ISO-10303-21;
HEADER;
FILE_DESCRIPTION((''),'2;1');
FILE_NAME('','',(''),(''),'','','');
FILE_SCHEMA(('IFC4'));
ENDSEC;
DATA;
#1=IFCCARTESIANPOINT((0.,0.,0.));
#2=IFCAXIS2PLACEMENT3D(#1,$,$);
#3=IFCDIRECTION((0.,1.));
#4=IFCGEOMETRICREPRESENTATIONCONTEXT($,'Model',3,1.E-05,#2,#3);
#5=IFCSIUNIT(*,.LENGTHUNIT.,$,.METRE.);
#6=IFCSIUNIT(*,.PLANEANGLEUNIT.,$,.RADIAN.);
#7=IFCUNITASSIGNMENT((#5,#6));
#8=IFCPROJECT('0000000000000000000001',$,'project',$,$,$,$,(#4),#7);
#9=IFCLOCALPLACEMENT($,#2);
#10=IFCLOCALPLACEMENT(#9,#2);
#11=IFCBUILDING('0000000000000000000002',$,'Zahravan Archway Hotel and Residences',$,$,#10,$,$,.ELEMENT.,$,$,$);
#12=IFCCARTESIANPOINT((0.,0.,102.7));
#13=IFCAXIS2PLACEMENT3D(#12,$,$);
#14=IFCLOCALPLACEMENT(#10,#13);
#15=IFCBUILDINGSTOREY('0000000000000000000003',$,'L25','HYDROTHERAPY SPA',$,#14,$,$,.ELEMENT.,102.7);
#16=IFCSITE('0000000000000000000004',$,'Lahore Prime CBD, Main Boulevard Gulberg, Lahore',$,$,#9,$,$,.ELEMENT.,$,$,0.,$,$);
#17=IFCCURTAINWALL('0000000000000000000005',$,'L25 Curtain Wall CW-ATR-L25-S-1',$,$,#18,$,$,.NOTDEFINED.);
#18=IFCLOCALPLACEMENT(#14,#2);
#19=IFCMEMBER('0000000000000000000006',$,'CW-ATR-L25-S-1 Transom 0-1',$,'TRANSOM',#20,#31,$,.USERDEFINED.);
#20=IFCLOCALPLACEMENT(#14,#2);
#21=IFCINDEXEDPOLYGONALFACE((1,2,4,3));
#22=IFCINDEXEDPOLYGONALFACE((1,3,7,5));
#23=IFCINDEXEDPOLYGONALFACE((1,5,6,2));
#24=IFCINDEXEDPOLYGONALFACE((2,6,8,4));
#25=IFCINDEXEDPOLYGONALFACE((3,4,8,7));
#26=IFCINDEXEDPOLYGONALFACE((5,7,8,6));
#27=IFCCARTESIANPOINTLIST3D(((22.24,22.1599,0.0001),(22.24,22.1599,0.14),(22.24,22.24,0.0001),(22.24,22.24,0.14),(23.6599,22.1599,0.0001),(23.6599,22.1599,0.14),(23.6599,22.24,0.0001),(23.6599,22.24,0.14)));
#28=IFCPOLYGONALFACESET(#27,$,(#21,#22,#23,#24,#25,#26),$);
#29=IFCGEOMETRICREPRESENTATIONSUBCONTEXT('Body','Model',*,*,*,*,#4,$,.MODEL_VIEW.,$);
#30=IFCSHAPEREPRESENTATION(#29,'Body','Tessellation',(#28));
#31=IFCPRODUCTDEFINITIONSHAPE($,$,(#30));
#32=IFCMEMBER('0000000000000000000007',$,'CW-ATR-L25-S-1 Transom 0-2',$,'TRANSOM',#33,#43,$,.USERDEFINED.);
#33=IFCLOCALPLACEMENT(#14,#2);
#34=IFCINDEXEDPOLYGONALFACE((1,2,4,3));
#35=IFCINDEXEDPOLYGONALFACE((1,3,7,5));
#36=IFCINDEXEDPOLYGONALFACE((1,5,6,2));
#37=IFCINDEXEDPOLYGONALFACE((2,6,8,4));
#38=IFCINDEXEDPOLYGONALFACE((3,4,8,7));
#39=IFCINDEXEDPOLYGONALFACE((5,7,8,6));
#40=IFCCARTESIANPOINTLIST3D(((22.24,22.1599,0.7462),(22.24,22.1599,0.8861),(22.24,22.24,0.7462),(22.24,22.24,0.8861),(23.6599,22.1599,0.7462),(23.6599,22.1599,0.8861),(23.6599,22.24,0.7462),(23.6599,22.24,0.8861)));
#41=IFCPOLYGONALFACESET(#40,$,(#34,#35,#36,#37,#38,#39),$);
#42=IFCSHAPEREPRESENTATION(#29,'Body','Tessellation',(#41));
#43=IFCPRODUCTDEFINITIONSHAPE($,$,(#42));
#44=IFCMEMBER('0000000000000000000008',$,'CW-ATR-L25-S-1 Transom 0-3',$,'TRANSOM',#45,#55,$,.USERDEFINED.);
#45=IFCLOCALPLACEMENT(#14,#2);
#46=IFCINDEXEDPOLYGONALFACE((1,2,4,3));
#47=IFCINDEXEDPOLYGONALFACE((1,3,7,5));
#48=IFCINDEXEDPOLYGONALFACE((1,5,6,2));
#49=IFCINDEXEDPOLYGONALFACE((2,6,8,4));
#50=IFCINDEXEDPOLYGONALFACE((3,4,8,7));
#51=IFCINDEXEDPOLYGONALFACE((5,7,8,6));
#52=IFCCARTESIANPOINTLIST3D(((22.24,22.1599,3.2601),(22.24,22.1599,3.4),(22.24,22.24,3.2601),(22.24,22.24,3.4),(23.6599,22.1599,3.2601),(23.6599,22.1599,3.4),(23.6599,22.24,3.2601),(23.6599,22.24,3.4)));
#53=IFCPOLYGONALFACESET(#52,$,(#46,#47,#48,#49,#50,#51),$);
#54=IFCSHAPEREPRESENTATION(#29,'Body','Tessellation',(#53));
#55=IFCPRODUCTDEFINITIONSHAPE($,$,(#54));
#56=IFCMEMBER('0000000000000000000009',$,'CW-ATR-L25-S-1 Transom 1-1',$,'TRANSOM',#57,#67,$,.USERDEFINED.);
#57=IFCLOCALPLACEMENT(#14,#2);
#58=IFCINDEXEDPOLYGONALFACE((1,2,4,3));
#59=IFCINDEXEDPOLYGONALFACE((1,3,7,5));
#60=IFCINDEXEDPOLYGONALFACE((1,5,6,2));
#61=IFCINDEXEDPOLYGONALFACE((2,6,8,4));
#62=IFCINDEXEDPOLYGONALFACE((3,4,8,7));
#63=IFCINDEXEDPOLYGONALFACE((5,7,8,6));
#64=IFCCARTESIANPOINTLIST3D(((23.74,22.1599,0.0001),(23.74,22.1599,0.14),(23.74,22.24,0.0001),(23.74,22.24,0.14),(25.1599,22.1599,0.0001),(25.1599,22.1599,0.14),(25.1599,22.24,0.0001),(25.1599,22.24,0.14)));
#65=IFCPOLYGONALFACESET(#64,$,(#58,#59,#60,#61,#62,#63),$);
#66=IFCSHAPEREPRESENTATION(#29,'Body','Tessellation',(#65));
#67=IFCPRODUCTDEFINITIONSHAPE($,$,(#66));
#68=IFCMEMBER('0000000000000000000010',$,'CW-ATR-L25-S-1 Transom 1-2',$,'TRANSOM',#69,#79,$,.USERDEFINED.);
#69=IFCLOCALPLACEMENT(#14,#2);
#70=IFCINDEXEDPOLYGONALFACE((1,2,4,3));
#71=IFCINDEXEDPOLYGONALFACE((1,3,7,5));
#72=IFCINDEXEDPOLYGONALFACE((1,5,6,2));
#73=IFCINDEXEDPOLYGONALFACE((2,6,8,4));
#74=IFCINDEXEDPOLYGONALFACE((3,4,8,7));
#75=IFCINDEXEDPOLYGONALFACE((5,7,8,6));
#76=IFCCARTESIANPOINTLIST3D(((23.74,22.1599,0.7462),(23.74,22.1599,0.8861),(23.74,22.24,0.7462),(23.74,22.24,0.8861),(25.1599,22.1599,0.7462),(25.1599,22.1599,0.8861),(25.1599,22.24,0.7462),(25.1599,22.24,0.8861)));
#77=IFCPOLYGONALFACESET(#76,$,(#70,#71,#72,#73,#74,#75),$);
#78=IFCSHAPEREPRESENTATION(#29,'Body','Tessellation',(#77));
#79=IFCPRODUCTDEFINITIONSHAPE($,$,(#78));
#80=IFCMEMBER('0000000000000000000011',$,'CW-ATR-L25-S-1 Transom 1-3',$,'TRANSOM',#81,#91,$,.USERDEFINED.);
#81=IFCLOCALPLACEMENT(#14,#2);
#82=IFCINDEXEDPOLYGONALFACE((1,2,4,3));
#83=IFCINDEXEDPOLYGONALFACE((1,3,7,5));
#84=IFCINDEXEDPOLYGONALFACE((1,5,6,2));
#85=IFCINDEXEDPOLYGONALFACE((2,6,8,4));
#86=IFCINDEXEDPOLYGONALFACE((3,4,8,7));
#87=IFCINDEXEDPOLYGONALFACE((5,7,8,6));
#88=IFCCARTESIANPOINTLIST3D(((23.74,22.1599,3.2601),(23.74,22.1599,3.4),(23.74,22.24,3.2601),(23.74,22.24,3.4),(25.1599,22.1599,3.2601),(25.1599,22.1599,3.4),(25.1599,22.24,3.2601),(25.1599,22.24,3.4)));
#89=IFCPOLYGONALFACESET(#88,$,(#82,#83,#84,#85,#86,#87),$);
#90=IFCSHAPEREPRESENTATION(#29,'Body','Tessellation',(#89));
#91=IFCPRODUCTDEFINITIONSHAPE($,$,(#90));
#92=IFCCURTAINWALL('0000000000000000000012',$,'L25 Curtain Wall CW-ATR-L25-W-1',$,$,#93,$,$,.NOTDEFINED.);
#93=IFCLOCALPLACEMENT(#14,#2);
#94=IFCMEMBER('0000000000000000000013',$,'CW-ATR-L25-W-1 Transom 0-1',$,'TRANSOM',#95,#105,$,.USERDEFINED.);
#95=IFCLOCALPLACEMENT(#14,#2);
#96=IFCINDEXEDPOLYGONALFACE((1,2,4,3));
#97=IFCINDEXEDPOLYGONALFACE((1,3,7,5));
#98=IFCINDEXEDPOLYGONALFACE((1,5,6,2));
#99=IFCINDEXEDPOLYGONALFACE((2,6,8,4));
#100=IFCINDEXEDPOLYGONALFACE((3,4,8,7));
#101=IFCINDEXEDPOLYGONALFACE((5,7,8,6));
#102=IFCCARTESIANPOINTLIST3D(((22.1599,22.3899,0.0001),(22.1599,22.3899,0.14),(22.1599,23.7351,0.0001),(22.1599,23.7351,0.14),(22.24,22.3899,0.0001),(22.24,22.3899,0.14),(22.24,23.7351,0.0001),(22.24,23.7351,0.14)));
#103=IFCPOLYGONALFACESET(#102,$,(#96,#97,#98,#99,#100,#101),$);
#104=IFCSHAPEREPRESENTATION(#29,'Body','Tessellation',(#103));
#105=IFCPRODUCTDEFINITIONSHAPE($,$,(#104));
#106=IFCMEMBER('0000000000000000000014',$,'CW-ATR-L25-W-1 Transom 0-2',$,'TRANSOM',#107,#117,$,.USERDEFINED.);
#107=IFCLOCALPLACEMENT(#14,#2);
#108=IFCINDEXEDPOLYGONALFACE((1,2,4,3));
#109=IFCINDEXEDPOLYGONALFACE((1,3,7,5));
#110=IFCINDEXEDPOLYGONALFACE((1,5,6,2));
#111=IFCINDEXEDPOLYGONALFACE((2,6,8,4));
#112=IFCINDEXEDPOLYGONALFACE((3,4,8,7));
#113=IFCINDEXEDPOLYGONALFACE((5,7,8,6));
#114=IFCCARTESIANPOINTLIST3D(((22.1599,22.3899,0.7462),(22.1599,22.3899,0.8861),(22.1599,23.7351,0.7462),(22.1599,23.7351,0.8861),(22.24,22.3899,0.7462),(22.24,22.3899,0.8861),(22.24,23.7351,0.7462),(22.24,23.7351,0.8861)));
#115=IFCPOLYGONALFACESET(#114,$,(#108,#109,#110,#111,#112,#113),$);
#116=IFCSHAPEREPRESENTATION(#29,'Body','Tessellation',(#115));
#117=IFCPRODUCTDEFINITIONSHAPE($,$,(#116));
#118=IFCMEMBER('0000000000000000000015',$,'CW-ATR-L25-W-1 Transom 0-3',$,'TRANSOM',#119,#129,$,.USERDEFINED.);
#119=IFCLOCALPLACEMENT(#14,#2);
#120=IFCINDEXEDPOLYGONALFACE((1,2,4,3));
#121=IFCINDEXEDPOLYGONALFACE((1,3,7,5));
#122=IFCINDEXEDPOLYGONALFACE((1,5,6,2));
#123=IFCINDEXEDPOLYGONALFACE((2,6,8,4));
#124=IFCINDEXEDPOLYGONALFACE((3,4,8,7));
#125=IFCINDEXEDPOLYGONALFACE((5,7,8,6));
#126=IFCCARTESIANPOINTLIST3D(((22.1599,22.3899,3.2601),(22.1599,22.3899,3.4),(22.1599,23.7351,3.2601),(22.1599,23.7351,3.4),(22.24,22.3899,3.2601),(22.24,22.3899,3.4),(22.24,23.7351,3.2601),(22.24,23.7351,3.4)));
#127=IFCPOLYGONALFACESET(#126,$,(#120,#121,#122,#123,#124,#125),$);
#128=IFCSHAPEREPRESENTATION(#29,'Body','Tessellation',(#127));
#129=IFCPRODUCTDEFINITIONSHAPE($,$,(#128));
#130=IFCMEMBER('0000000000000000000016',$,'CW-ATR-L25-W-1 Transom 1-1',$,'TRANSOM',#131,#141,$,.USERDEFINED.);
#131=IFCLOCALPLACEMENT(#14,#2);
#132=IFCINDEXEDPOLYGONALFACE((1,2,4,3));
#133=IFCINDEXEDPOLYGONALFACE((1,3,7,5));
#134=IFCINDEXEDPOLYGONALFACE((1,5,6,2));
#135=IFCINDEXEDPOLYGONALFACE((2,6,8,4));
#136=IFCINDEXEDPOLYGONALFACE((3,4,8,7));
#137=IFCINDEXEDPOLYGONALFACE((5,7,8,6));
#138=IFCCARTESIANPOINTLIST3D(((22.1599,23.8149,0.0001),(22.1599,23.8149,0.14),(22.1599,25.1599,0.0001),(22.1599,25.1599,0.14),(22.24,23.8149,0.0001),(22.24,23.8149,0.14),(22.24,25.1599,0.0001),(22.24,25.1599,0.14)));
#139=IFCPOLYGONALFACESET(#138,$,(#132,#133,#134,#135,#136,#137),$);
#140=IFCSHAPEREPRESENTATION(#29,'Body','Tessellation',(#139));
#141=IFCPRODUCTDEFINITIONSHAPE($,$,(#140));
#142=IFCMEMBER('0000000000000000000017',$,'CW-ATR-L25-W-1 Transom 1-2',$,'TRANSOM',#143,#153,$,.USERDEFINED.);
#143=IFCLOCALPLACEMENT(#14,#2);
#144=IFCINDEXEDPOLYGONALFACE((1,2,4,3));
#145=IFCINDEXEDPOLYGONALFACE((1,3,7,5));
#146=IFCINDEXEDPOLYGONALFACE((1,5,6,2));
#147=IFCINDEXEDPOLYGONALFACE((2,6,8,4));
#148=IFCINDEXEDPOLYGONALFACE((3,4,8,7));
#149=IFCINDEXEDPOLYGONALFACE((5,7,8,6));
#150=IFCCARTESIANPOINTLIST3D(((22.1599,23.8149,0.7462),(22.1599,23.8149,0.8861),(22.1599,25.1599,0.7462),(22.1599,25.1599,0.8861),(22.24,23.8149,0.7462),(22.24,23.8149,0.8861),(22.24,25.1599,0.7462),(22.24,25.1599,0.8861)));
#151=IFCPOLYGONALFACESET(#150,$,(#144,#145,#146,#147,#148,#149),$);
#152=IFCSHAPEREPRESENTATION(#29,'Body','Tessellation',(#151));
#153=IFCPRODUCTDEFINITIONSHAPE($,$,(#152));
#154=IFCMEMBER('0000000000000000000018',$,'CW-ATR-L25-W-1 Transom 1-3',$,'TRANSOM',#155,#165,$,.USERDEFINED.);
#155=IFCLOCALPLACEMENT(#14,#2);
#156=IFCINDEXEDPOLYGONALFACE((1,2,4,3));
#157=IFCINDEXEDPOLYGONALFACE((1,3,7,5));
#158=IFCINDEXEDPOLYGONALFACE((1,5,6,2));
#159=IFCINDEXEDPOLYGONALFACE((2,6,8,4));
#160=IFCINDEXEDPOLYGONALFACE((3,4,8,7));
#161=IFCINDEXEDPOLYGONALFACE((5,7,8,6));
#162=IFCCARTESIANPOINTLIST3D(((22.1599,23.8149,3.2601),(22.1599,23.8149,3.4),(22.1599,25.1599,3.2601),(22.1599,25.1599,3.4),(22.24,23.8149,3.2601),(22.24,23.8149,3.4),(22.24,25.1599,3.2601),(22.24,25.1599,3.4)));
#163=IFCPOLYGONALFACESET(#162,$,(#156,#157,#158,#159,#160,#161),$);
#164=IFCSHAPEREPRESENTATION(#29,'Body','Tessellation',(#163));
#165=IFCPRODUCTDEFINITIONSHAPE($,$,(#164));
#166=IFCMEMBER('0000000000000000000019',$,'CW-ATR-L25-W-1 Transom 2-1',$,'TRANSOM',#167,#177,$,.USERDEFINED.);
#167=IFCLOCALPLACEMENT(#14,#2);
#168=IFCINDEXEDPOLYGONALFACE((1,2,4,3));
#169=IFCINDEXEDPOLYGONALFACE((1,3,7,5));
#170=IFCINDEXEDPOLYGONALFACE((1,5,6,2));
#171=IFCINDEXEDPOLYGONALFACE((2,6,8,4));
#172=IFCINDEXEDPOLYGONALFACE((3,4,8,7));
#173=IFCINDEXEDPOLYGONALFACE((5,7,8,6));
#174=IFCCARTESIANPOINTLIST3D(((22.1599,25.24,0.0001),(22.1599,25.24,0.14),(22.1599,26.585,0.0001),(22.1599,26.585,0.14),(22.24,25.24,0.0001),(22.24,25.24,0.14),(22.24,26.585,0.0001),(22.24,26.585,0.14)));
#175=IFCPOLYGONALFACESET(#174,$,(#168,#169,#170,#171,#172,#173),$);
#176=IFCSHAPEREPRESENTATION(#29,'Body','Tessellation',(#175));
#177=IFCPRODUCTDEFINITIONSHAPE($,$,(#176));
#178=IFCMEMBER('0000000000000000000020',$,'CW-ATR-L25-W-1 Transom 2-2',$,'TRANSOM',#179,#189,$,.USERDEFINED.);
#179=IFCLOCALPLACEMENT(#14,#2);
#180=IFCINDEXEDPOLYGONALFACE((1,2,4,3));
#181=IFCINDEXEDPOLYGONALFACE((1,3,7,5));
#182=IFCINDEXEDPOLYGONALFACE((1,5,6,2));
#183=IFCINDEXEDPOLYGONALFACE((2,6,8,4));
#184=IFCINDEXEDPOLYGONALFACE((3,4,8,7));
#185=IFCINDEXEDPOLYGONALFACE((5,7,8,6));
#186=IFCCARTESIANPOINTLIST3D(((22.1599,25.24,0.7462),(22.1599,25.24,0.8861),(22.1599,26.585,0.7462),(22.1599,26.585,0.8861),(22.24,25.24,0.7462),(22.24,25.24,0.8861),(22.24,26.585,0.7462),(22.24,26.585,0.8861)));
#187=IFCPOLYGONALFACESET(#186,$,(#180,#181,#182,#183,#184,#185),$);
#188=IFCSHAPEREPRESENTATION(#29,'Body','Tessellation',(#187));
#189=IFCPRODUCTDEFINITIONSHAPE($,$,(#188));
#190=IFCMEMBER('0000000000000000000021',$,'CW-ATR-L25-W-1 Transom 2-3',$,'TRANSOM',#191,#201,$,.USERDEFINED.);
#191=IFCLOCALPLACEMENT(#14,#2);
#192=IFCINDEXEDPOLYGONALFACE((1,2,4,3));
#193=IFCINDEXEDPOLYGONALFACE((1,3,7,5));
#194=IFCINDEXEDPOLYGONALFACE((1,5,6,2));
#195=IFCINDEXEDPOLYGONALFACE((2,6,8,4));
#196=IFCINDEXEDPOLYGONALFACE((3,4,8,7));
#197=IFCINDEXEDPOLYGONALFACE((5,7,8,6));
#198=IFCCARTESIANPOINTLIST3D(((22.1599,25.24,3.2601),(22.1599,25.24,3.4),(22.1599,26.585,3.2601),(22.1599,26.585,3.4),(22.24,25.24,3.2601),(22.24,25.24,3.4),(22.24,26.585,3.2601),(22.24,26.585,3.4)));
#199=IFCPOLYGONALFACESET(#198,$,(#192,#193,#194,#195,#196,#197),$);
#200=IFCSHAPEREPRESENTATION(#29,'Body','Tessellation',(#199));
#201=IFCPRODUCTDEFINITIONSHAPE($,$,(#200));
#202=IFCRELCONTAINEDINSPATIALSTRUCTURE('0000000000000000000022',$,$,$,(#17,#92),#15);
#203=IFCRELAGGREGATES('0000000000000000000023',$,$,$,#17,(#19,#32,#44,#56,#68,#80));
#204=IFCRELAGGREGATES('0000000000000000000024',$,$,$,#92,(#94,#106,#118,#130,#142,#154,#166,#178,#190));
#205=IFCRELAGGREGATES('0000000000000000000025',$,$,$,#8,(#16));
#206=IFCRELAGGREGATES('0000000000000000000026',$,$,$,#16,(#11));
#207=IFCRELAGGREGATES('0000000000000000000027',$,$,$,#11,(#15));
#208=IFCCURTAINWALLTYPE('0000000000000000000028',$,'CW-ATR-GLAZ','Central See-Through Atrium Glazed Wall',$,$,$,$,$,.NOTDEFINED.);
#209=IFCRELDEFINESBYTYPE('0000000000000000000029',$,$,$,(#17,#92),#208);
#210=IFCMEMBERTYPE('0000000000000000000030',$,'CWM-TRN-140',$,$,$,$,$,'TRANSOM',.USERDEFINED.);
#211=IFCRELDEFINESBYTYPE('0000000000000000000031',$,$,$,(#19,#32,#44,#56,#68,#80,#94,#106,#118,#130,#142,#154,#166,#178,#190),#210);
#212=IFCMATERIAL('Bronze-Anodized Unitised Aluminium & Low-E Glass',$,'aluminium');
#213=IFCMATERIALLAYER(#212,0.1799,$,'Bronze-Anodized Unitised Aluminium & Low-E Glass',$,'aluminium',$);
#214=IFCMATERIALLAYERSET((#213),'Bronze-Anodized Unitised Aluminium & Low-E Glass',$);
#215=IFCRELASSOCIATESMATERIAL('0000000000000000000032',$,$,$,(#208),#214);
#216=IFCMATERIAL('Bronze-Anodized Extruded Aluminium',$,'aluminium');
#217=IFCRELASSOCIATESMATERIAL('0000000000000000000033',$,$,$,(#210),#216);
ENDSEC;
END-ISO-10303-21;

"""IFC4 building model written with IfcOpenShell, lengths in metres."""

from ifc_helpers import new_model, si_unit, direction, frame, origin, origin_2d, place, context, subcontext, project, spatial, rectangle, extrude, source, transform, mapped, material, layer, layer_set, material_profile, profile_set, type_object, element, aggregate, save


model = new_model("IFC4")

# Units and contexts
model_context = context("Model", 3, precision=1e-05, world=origin(), true_north=direction((0.0, 1.0)))
body_context = subcontext(model_context, "Body", "Model", "MODEL_VIEW")
ifc_project = project(units=[si_unit("LENGTHUNIT", "METRE"), si_unit("PLANEANGLEUNIT", "RADIAN")], contexts=[model_context])

# Site, building, storey
site_placement = place(None, origin())
site = spatial("IfcSite", under=ifc_project, at=site_placement, Name="Lahore Prime CBD, Main Boulevard Gulberg, Lahore", CompositionType="ELEMENT", RefElevation=0.0)
building_placement = place(site_placement, origin())
building = spatial("IfcBuilding", under=site, at=building_placement, Name="Zahravan Archway Hotel and Residences", CompositionType="ELEMENT")
storey_placement = place(building_placement, frame((0.0, 0.0, 102.7)))
storey = spatial("IfcBuildingStorey", under=building, at=storey_placement, Name="L25", Description="HYDROTHERAPY SPA", CompositionType="ELEMENT", Elevation=102.7)

# Curtain walls, members
ifc_material_1 = material(Name="Bronze-Anodized Unitised Aluminium & Low-E Glass", Category="aluminium")
ifc_layer_1 = layer(ifc_material_1, 0.1799, Name="Bronze-Anodized Unitised Aluminium & Low-E Glass", Category="aluminium")
ifc_layer_set_1 = layer_set([ifc_layer_1], Name="Bronze-Anodized Unitised Aluminium & Low-E Glass")
curtain_wall_type = type_object("IfcCurtainWallType", Name="CW-ATR-GLAZ", Description="Central See-Through Atrium Glazed Wall", PredefinedType="NOTDEFINED", material=ifc_layer_set_1)
curtain_wall_1_placement = place(storey_placement, origin())
curtain_wall_1 = element("IfcCurtainWall", 1, at=curtain_wall_1_placement, inside=storey, type_object=curtain_wall_type, Name="L25 Curtain Wall CW-ATR-L25-S-1", PredefinedType="NOTDEFINED")
ifc_material_2 = material(Name="Bronze-Anodized Extruded Aluminium", Category="aluminium")
ifc_material_profile_1 = material_profile(ifc_material_2, rectangle(XDim=0.0801, YDim=0.1399, at=origin_2d()), Name="TRN 80x140", Category="aluminium")
ifc_profile_set_1 = profile_set([ifc_material_profile_1], Name="Bronze-Anodized Extruded Aluminium")
member_type_1 = type_object("IfcMemberType", Name="CWM-TRN-140", ElementType="TRANSOM", PredefinedType="USERDEFINED", material=ifc_profile_set_1)
shared_shape_1 = source(origin(), body_context, "Body", "SweptSolid", [
    extrude(rectangle(XDim=0.0801, YDim=0.1399, at=origin_2d()), origin(), (0.0, 0.0, 1.0), 1.4199),
])
member_1_placement = place(storey_placement, frame((22.24, 22.2, 0.0701), z_axis=(1.0, 0.0, 0.0), x_axis=(0.0, 1.0, 0.0)))
member_1 = element("IfcMember", 2, at=member_1_placement, type_object=member_type_1, Name="CW-ATR-L25-S-1 Transom 0-1", ObjectType="TRANSOM", PredefinedType="USERDEFINED", context=body_context, shape_type="MappedRepresentation", body=[
    mapped(shared_shape_1, transform((0.0, 0.0, 0.0), scale=1.0)),
])
member_2_placement = place(storey_placement, frame((22.24, 22.2, 0.8162), z_axis=(1.0, 0.0, 0.0), x_axis=(0.0, 1.0, 0.0)))
member_2 = element("IfcMember", 3, at=member_2_placement, type_object=member_type_1, Name="CW-ATR-L25-S-1 Transom 0-2", ObjectType="TRANSOM", PredefinedType="USERDEFINED", context=body_context, shape_type="MappedRepresentation", body=[
    mapped(shared_shape_1, transform((0.0, 0.0, 0.0), scale=1.0)),
])
member_3_placement = place(storey_placement, frame((22.24, 22.2, 3.3301), z_axis=(1.0, 0.0, 0.0), x_axis=(0.0, 1.0, 0.0)))
member_3 = element("IfcMember", 4, at=member_3_placement, type_object=member_type_1, Name="CW-ATR-L25-S-1 Transom 0-3", ObjectType="TRANSOM", PredefinedType="USERDEFINED", context=body_context, shape_type="MappedRepresentation", body=[
    mapped(shared_shape_1, transform((0.0, 0.0, 0.0), scale=1.0)),
])
member_4_placement = place(storey_placement, frame((23.74, 22.2, 0.0701), z_axis=(1.0, 0.0, 0.0), x_axis=(0.0, 1.0, 0.0)))
member_4 = element("IfcMember", 5, at=member_4_placement, type_object=member_type_1, Name="CW-ATR-L25-S-1 Transom 1-1", ObjectType="TRANSOM", PredefinedType="USERDEFINED", context=body_context, shape_type="MappedRepresentation", body=[
    mapped(shared_shape_1, transform((0.0, 0.0, 0.0), scale=1.0)),
])
member_5_placement = place(storey_placement, frame((23.74, 22.2, 0.8162), z_axis=(1.0, 0.0, 0.0), x_axis=(0.0, 1.0, 0.0)))
member_5 = element("IfcMember", 6, at=member_5_placement, type_object=member_type_1, Name="CW-ATR-L25-S-1 Transom 1-2", ObjectType="TRANSOM", PredefinedType="USERDEFINED", context=body_context, shape_type="MappedRepresentation", body=[
    mapped(shared_shape_1, transform((0.0, 0.0, 0.0), scale=1.0)),
])
member_6_placement = place(storey_placement, frame((23.74, 22.2, 3.3301), z_axis=(1.0, 0.0, 0.0), x_axis=(0.0, 1.0, 0.0)))
member_6 = element("IfcMember", 7, at=member_6_placement, type_object=member_type_1, Name="CW-ATR-L25-S-1 Transom 1-3", ObjectType="TRANSOM", PredefinedType="USERDEFINED", context=body_context, shape_type="MappedRepresentation", body=[
    mapped(shared_shape_1, transform((0.0, 0.0, 0.0), scale=1.0)),
])
curtain_wall_2_placement = place(storey_placement, origin())
curtain_wall_2 = element("IfcCurtainWall", 8, at=curtain_wall_2_placement, inside=storey, type_object=curtain_wall_type, Name="L25 Curtain Wall CW-ATR-L25-W-1", PredefinedType="NOTDEFINED")
shared_shape_2 = source(origin(), body_context, "Body", "SweptSolid", [
    extrude(rectangle(XDim=0.0801, YDim=0.1399, at=origin_2d()), origin(), (0.0, 0.0, 1.0), 1.3452),
])
member_7_placement = place(storey_placement, frame((22.2, 22.3899, 0.0701), z_axis=(0.0, 1.0, 0.0), x_axis=(-1.0, 0.0, 0.0)))
member_7 = element("IfcMember", 9, at=member_7_placement, type_object=member_type_1, Name="CW-ATR-L25-W-1 Transom 0-1", ObjectType="TRANSOM", PredefinedType="USERDEFINED", context=body_context, shape_type="MappedRepresentation", body=[
    mapped(shared_shape_2, transform((0.0, 0.0, 0.0), scale=1.0)),
])
member_8_placement = place(storey_placement, frame((22.2, 22.3899, 0.8162), z_axis=(0.0, 1.0, 0.0), x_axis=(-1.0, 0.0, 0.0)))
member_8 = element("IfcMember", 10, at=member_8_placement, type_object=member_type_1, Name="CW-ATR-L25-W-1 Transom 0-2", ObjectType="TRANSOM", PredefinedType="USERDEFINED", context=body_context, shape_type="MappedRepresentation", body=[
    mapped(shared_shape_2, transform((0.0, 0.0, 0.0), scale=1.0)),
])
member_9_placement = place(storey_placement, frame((22.2, 22.3899, 3.3301), z_axis=(0.0, 1.0, 0.0), x_axis=(-1.0, 0.0, 0.0)))
member_9 = element("IfcMember", 11, at=member_9_placement, type_object=member_type_1, Name="CW-ATR-L25-W-1 Transom 0-3", ObjectType="TRANSOM", PredefinedType="USERDEFINED", context=body_context, shape_type="MappedRepresentation", body=[
    mapped(shared_shape_2, transform((0.0, 0.0, 0.0), scale=1.0)),
])
shared_shape_3 = source(origin(), body_context, "Body", "SweptSolid", [
    extrude(rectangle(XDim=0.0801, YDim=0.1399, at=origin_2d()), origin(), (0.0, 0.0, 1.0), 1.345),
])
member_10_placement = place(storey_placement, frame((22.2, 23.8149, 0.0701), z_axis=(0.0, 1.0, 0.0), x_axis=(-1.0, 0.0, 0.0)))
member_10 = element("IfcMember", 12, at=member_10_placement, type_object=member_type_1, Name="CW-ATR-L25-W-1 Transom 1-1", ObjectType="TRANSOM", PredefinedType="USERDEFINED", context=body_context, shape_type="MappedRepresentation", body=[
    mapped(shared_shape_3, transform((0.0, 0.0, 0.0), scale=1.0)),
])
member_11_placement = place(storey_placement, frame((22.2, 23.8149, 0.8162), z_axis=(0.0, 1.0, 0.0), x_axis=(-1.0, 0.0, 0.0)))
member_11 = element("IfcMember", 13, at=member_11_placement, type_object=member_type_1, Name="CW-ATR-L25-W-1 Transom 1-2", ObjectType="TRANSOM", PredefinedType="USERDEFINED", context=body_context, shape_type="MappedRepresentation", body=[
    mapped(shared_shape_3, transform((0.0, 0.0, 0.0), scale=1.0)),
])
member_12_placement = place(storey_placement, frame((22.2, 23.8149, 3.3301), z_axis=(0.0, 1.0, 0.0), x_axis=(-1.0, 0.0, 0.0)))
member_12 = element("IfcMember", 14, at=member_12_placement, type_object=member_type_1, Name="CW-ATR-L25-W-1 Transom 1-3", ObjectType="TRANSOM", PredefinedType="USERDEFINED", context=body_context, shape_type="MappedRepresentation", body=[
    mapped(shared_shape_3, transform((0.0, 0.0, 0.0), scale=1.0)),
])
member_13_placement = place(storey_placement, frame((22.2, 25.24, 0.0701), z_axis=(0.0, 1.0, 0.0), x_axis=(-1.0, 0.0, 0.0)))
member_13 = element("IfcMember", 15, at=member_13_placement, type_object=member_type_1, Name="CW-ATR-L25-W-1 Transom 2-1", ObjectType="TRANSOM", PredefinedType="USERDEFINED", context=body_context, shape_type="MappedRepresentation", body=[
    mapped(shared_shape_3, transform((0.0, 0.0, 0.0), scale=1.0)),
])
member_14_placement = place(storey_placement, frame((22.2, 25.24, 0.8162), z_axis=(0.0, 1.0, 0.0), x_axis=(-1.0, 0.0, 0.0)))
member_14 = element("IfcMember", 16, at=member_14_placement, type_object=member_type_1, Name="CW-ATR-L25-W-1 Transom 2-2", ObjectType="TRANSOM", PredefinedType="USERDEFINED", context=body_context, shape_type="MappedRepresentation", body=[
    mapped(shared_shape_3, transform((0.0, 0.0, 0.0), scale=1.0)),
])
member_15_placement = place(storey_placement, frame((22.2, 25.24, 3.3301), z_axis=(0.0, 1.0, 0.0), x_axis=(-1.0, 0.0, 0.0)))
member_15 = element("IfcMember", 17, at=member_15_placement, type_object=member_type_1, Name="CW-ATR-L25-W-1 Transom 2-3", ObjectType="TRANSOM", PredefinedType="USERDEFINED", context=body_context, shape_type="MappedRepresentation", body=[
    mapped(shared_shape_3, transform((0.0, 0.0, 0.0), scale=1.0)),
])

aggregate(curtain_wall_1, [member_1, member_2, member_3, member_4, member_5, member_6])
aggregate(curtain_wall_2, [member_7, member_8, member_9, member_10, member_11, member_12, member_13, member_14, member_15])

save(model, "model.ifc")
